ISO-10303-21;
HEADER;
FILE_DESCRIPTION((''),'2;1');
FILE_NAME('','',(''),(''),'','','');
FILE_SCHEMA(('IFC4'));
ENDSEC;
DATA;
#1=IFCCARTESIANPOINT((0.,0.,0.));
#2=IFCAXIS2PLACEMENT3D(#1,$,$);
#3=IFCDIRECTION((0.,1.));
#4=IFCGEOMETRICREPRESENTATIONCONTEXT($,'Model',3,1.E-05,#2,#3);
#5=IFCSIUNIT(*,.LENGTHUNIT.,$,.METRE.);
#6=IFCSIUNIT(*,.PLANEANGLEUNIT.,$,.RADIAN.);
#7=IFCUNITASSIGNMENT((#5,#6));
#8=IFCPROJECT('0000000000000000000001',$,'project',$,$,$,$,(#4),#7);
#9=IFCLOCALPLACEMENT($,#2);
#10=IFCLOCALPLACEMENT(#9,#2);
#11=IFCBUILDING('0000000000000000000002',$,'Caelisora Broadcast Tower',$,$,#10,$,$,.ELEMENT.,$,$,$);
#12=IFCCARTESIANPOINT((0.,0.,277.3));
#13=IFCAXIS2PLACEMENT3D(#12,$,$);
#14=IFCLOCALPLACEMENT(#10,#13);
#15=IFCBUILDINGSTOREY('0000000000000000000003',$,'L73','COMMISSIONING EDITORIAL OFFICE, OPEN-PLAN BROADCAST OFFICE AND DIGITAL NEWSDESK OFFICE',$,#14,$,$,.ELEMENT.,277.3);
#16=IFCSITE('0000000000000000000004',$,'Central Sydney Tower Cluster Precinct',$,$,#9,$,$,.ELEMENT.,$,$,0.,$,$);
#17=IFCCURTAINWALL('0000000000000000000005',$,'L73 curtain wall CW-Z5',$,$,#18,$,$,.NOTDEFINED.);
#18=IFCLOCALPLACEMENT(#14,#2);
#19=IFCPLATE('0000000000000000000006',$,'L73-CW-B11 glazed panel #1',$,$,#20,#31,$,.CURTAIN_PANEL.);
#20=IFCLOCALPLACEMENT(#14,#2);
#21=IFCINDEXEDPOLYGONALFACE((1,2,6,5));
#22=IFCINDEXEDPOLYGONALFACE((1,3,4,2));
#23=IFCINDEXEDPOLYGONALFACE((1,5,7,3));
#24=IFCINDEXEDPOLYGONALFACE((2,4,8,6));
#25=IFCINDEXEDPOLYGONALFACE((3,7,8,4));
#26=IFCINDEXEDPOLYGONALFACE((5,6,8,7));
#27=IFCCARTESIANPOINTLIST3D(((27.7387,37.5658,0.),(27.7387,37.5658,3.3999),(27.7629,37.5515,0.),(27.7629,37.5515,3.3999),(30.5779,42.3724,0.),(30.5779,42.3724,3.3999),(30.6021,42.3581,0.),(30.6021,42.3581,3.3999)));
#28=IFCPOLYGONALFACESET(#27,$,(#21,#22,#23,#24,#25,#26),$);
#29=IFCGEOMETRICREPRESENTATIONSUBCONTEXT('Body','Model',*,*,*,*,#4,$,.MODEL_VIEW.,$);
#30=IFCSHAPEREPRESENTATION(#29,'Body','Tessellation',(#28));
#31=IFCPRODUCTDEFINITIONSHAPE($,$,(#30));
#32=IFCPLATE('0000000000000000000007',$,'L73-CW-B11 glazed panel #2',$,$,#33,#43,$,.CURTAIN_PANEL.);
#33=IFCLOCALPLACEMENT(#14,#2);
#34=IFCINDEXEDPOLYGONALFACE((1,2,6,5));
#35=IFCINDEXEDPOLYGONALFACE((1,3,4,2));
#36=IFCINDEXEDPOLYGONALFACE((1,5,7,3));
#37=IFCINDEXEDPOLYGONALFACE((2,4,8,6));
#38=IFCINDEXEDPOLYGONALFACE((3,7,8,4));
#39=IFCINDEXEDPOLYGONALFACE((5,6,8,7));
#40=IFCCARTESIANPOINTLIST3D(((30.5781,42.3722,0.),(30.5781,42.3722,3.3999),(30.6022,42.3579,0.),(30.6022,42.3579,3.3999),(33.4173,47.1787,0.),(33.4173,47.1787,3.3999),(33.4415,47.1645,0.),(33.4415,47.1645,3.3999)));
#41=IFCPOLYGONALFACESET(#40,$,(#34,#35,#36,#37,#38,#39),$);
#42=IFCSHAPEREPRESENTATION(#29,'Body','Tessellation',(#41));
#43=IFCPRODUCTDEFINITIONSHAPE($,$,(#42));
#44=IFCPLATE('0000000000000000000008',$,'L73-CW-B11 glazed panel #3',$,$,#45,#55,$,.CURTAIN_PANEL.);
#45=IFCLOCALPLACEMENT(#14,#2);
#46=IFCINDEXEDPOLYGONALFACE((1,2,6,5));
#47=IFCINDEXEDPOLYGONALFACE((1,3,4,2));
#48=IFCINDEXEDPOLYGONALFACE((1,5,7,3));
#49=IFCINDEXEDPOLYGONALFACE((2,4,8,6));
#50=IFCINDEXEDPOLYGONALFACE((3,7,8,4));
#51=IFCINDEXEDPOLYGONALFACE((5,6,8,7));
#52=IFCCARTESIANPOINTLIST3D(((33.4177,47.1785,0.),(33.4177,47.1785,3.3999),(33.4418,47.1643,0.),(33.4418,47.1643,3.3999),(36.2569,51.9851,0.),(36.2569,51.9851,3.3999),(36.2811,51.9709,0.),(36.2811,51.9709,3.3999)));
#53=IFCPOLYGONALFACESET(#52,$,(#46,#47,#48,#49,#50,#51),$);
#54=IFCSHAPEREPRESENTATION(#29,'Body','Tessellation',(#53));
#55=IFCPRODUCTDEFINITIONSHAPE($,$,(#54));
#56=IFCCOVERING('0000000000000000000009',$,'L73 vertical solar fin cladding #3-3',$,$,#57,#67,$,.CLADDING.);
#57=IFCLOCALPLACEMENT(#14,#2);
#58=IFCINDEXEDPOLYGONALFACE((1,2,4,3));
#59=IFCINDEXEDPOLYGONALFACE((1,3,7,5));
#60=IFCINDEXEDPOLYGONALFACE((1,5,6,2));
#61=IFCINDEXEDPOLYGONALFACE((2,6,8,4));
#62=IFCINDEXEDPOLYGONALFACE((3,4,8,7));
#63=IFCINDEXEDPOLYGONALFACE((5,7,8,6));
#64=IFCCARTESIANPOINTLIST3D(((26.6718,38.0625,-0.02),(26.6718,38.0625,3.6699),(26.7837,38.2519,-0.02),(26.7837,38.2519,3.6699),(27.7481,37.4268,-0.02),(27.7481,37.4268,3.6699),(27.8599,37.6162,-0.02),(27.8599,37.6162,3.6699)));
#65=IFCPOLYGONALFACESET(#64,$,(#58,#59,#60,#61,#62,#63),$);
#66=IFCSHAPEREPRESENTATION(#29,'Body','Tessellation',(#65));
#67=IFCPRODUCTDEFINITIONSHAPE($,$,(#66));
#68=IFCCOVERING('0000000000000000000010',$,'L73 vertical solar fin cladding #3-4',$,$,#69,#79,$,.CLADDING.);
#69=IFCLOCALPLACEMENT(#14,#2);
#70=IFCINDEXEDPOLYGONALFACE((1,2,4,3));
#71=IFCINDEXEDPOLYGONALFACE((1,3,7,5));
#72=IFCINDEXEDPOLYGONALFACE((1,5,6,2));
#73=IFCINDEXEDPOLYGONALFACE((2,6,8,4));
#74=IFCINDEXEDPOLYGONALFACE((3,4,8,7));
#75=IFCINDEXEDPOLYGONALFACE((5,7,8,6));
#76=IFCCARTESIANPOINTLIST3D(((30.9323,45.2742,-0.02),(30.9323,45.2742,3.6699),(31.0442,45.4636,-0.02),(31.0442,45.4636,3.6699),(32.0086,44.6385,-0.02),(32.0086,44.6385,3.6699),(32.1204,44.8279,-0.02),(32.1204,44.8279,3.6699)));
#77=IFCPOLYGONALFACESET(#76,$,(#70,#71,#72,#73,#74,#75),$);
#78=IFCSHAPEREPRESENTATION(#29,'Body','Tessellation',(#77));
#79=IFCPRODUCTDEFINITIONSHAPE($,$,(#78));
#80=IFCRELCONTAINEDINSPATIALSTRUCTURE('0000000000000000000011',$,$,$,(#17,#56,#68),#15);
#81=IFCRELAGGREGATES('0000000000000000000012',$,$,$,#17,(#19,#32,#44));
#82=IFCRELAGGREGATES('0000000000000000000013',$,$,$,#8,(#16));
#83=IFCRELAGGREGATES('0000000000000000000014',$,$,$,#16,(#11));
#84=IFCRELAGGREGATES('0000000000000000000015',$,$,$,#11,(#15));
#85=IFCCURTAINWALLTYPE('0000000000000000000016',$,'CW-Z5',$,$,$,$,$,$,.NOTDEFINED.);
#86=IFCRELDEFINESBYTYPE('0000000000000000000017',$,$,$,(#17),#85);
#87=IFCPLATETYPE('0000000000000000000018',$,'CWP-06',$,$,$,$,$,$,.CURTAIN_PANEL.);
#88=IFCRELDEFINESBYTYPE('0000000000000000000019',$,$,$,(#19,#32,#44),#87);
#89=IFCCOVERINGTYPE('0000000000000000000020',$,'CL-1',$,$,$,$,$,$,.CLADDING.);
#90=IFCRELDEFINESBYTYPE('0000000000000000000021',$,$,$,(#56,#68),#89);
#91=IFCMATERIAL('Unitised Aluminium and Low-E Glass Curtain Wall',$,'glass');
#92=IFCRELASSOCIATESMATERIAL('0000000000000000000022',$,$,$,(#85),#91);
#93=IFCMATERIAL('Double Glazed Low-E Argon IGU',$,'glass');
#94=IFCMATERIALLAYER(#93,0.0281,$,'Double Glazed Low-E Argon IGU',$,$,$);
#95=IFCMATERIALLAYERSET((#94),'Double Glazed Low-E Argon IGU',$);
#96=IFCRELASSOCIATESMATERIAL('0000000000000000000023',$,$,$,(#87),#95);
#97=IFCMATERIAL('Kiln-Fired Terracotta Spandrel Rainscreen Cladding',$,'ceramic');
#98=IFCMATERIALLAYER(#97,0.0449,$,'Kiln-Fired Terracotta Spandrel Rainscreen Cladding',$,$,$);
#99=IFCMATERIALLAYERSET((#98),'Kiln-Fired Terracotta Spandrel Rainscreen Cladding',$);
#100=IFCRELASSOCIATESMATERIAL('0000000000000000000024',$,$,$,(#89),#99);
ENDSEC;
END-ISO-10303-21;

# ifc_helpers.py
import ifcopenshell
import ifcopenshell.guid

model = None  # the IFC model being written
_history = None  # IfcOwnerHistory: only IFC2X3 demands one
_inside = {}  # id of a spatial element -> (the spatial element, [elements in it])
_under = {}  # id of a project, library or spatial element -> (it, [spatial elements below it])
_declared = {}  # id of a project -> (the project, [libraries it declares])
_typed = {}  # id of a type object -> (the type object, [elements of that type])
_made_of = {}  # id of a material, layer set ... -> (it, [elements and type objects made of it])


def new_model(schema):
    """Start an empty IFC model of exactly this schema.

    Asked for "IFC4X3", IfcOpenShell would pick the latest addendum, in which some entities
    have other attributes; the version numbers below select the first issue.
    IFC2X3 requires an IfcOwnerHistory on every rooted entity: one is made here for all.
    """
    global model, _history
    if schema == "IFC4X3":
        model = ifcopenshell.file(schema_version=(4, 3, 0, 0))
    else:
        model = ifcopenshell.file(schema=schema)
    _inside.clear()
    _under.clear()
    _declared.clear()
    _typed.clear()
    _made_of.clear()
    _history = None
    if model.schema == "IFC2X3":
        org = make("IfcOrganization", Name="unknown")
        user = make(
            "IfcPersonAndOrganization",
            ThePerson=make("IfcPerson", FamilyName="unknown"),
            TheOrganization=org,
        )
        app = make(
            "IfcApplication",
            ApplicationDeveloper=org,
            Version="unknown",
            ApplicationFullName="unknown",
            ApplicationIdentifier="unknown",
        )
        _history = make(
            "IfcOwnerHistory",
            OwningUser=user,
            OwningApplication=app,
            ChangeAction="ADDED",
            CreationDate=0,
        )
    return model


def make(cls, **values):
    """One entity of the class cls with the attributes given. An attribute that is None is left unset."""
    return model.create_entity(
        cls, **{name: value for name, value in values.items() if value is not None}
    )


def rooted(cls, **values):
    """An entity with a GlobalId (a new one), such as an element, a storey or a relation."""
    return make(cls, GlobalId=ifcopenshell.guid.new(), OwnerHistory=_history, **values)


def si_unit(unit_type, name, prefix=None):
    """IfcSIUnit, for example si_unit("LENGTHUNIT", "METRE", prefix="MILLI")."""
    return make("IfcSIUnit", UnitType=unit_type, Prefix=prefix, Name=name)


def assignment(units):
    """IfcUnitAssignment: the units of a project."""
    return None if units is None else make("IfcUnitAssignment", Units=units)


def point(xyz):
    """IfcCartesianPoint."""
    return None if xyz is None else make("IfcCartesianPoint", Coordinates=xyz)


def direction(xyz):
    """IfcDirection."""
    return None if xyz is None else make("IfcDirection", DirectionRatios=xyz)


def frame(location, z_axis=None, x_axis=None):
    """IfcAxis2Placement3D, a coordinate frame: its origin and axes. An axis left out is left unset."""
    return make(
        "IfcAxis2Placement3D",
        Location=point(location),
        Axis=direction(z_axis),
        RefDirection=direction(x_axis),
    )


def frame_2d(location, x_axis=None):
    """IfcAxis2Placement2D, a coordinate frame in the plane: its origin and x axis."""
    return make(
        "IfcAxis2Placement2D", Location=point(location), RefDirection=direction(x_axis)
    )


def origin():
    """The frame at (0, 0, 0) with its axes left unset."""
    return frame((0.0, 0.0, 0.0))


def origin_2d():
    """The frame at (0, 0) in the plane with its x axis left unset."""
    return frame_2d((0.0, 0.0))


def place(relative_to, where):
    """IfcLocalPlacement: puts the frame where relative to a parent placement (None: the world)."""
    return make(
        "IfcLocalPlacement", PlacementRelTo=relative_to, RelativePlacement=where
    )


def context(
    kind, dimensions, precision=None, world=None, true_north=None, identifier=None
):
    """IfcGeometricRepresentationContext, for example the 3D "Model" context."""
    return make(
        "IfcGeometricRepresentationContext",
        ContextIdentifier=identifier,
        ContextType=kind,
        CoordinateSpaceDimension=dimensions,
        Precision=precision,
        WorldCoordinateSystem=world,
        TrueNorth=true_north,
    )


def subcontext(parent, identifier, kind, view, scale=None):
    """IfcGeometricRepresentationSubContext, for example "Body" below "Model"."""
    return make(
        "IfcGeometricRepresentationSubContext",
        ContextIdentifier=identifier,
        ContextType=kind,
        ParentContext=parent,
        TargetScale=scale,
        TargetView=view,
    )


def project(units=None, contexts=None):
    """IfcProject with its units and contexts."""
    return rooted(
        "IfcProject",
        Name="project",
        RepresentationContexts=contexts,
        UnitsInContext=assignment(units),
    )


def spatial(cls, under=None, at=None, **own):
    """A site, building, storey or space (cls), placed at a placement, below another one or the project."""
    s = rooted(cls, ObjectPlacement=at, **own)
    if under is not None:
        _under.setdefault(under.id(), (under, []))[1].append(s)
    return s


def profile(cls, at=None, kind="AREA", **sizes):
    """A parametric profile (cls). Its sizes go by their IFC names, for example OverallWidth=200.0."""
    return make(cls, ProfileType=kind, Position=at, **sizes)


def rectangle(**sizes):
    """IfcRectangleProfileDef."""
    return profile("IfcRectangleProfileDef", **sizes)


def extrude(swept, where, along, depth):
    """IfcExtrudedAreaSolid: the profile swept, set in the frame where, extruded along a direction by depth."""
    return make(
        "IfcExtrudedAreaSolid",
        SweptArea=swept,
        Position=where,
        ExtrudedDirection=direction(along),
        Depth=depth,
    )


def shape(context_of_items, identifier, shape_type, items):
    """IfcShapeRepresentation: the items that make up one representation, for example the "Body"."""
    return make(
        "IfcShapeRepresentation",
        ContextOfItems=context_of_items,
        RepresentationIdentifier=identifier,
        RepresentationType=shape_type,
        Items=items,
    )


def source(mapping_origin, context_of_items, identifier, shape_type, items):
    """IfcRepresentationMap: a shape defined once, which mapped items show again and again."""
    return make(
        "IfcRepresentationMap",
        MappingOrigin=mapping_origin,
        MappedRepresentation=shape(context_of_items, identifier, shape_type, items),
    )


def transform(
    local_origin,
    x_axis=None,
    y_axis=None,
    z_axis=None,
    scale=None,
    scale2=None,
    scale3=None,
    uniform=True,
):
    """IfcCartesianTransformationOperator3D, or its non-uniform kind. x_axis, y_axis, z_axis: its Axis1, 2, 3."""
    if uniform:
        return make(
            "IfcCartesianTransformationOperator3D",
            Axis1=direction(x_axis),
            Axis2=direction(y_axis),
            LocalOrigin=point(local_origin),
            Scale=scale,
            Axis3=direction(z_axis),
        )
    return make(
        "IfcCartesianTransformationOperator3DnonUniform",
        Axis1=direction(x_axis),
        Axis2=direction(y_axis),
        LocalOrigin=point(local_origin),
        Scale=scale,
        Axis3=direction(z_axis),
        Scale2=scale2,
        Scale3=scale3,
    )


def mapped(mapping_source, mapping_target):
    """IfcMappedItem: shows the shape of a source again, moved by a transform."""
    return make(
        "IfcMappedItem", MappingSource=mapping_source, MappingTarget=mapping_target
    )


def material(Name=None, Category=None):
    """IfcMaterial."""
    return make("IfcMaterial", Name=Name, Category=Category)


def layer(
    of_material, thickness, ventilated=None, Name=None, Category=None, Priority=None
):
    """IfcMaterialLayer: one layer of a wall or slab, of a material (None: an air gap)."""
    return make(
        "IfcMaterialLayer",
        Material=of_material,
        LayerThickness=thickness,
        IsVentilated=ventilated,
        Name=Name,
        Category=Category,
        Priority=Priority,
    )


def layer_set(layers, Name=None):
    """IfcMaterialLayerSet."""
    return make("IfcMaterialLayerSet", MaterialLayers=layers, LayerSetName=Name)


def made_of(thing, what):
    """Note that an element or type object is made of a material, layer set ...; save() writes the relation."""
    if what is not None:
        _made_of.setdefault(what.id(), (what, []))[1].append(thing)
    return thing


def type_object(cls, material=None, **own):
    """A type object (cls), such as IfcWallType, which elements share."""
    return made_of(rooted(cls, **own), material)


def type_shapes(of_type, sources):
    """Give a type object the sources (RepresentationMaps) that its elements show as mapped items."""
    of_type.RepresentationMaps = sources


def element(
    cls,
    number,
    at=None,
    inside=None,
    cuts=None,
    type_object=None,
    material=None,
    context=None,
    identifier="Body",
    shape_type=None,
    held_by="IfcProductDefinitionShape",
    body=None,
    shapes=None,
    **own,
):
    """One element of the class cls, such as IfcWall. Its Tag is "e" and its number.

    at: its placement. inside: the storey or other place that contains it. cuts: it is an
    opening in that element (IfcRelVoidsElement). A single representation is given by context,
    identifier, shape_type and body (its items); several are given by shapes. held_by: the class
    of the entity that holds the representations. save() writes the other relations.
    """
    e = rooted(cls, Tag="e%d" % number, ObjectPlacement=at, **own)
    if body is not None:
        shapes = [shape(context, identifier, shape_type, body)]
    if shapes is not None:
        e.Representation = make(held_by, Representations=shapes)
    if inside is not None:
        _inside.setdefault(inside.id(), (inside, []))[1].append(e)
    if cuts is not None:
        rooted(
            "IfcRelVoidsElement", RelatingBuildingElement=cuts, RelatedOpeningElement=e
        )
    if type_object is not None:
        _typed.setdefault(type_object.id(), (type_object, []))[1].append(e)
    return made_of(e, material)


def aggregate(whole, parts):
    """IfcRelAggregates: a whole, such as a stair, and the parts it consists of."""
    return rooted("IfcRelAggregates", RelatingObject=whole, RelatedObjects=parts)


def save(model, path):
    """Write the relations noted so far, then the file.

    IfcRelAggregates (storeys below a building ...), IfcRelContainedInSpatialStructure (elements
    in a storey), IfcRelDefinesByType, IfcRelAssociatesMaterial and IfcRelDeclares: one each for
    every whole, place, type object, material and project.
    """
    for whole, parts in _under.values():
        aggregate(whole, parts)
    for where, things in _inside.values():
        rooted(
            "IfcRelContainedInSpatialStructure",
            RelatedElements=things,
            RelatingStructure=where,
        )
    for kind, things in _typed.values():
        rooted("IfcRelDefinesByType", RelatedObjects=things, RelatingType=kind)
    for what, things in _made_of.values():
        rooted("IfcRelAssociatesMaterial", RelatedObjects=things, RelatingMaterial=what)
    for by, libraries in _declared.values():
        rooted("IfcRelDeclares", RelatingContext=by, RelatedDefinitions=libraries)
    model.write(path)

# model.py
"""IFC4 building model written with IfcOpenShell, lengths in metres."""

from ifc_helpers import new_model, si_unit, direction, frame, origin, origin_2d, place, context, subcontext, project, spatial, rectangle, extrude, source, transform, mapped, material, layer, layer_set, type_object, type_shapes, element, aggregate, save


model = new_model("IFC4")

# Units and contexts
model_context = context("Model", 3, precision=1e-05, world=origin(), true_north=direction((0.0, 1.0)))
body_context = subcontext(model_context, "Body", "Model", "MODEL_VIEW")
ifc_project = project(units=[si_unit("LENGTHUNIT", "METRE"), si_unit("PLANEANGLEUNIT", "RADIAN")], contexts=[model_context])

# Site, building, storey
site_placement = place(None, origin())
site = spatial("IfcSite", under=ifc_project, at=site_placement, Name="Central Sydney Tower Cluster Precinct", CompositionType="ELEMENT", RefElevation=0.0)
building_placement = place(site_placement, origin())
building = spatial("IfcBuilding", under=site, at=building_placement, Name="Caelisora Broadcast Tower", CompositionType="ELEMENT")
storey_placement = place(building_placement, frame((0.0, 0.0, 277.3)))
storey = spatial("IfcBuildingStorey", under=building, at=storey_placement, Name="L73", Description="COMMISSIONING EDITORIAL OFFICE, OPEN-PLAN BROADCAST OFFICE AND DIGITAL NEWSDESK OFFICE", CompositionType="ELEMENT", Elevation=277.3)

# Curtain wall
ifc_material_1 = material(Name="Unitised Aluminium and Low-E Glass Curtain Wall", Category="glass")
curtain_wall_type_1 = type_object("IfcCurtainWallType", Name="CW-Z5", PredefinedType="NOTDEFINED", material=ifc_material_1)
curtain_wall_1_placement = place(storey_placement, origin())
curtain_wall_1 = element("IfcCurtainWall", 1, at=curtain_wall_1_placement, inside=storey, type_object=curtain_wall_type_1, Name="L73 curtain wall CW-Z5", PredefinedType="NOTDEFINED")

# Plates
ifc_material_2 = material(Name="Double Glazed Low-E Argon IGU", Category="glass")
ifc_layer_1 = layer(ifc_material_2, 0.0281, Name="Double Glazed Low-E Argon IGU")
ifc_layer_set_1 = layer_set([ifc_layer_1], Name="Double Glazed Low-E Argon IGU")
plate_type_1 = type_object("IfcPlateType", Name="CWP-06", PredefinedType="CURTAIN_PANEL", material=ifc_layer_set_1)
shared_shape_1 = source(origin(), body_context, "Body", "SweptSolid", [
    extrude(rectangle(XDim=5.5825, YDim=0.0281, at=origin_2d()), origin(), (0.0, 0.0, 1.0), 3.3999),
])
type_shapes(plate_type_1, [shared_shape_1])
plate_1_placement = place(storey_placement, frame((29.1704, 39.9619, 0.0), z_axis=(0.0, 0.0, 1.0), x_axis=(0.508591, 0.861008, 0.0)))
plate_1 = element("IfcPlate", 2, at=plate_1_placement, type_object=plate_type_1, Name="L73-CW-B11 glazed panel #1", PredefinedType="CURTAIN_PANEL", context=body_context, shape_type="MappedRepresentation", body=[
    mapped(shared_shape_1, transform((0.0, 0.0, 0.0), scale=1.0)),
])
plate_2_placement = place(storey_placement, frame((32.0098, 44.7683, 0.0), z_axis=(0.0, 0.0, 1.0), x_axis=(0.508591, 0.861008, 0.0)))
plate_2 = element("IfcPlate", 3, at=plate_2_placement, type_object=plate_type_1, Name="L73-CW-B11 glazed panel #2", PredefinedType="CURTAIN_PANEL", context=body_context, shape_type="MappedRepresentation", body=[
    mapped(shared_shape_1, transform((0.0, 0.0, 0.0), scale=1.0)),
])
plate_3_placement = place(storey_placement, frame((34.8494, 49.5747, 0.0), z_axis=(0.0, 0.0, 1.0), x_axis=(0.508591, 0.861008, 0.0)))
plate_3 = element("IfcPlate", 4, at=plate_3_placement, type_object=plate_type_1, Name="L73-CW-B11 glazed panel #3", PredefinedType="CURTAIN_PANEL", context=body_context, shape_type="MappedRepresentation", body=[
    mapped(shared_shape_1, transform((0.0, 0.0, 0.0), scale=1.0)),
])
aggregate(curtain_wall_1, [plate_1, plate_2, plate_3])

# Coverings
ifc_material_3 = material(Name="Kiln-Fired Terracotta Spandrel Rainscreen Cladding", Category="ceramic")
ifc_layer_2 = layer(ifc_material_3, 0.0449, Name="Kiln-Fired Terracotta Spandrel Rainscreen Cladding")
ifc_layer_set_2 = layer_set([ifc_layer_2], Name="Kiln-Fired Terracotta Spandrel Rainscreen Cladding")
covering_type = type_object("IfcCoveringType", Name="CL-1", PredefinedType="CLADDING", material=ifc_layer_set_2)
shared_shape_2 = source(origin(), body_context, "Body", "SweptSolid", [
    extrude(rectangle(XDim=0.22, YDim=1.25, at=origin_2d()), origin(), (0.0, 0.0, 1.0), 3.6899),
])
type_shapes(covering_type, [shared_shape_2])
for number, where, z_axis, x_axis, name in (
    (5, (27.2659, 37.8394, -0.02), (0.0, 0.0, 1.0), (0.508591, 0.861008, 0.0), "L73 vertical solar fin cladding #3-3"),
    (6, (31.5264, 45.051, -0.02), (0.0, 0.0, 1.0), (0.508591, 0.861008, 0.0), "L73 vertical solar fin cladding #3-4"),
):
    element("IfcCovering", number, at=place(storey_placement, frame(where, z_axis=z_axis, x_axis=x_axis)), inside=storey, type_object=covering_type, Name=name, PredefinedType="CLADDING", context=body_context, shape_type="MappedRepresentation", body=[
        mapped(shared_shape_2, transform((0.0, 0.0, 0.0), scale=1.0)),
    ])

save(model, "model.ifc")
